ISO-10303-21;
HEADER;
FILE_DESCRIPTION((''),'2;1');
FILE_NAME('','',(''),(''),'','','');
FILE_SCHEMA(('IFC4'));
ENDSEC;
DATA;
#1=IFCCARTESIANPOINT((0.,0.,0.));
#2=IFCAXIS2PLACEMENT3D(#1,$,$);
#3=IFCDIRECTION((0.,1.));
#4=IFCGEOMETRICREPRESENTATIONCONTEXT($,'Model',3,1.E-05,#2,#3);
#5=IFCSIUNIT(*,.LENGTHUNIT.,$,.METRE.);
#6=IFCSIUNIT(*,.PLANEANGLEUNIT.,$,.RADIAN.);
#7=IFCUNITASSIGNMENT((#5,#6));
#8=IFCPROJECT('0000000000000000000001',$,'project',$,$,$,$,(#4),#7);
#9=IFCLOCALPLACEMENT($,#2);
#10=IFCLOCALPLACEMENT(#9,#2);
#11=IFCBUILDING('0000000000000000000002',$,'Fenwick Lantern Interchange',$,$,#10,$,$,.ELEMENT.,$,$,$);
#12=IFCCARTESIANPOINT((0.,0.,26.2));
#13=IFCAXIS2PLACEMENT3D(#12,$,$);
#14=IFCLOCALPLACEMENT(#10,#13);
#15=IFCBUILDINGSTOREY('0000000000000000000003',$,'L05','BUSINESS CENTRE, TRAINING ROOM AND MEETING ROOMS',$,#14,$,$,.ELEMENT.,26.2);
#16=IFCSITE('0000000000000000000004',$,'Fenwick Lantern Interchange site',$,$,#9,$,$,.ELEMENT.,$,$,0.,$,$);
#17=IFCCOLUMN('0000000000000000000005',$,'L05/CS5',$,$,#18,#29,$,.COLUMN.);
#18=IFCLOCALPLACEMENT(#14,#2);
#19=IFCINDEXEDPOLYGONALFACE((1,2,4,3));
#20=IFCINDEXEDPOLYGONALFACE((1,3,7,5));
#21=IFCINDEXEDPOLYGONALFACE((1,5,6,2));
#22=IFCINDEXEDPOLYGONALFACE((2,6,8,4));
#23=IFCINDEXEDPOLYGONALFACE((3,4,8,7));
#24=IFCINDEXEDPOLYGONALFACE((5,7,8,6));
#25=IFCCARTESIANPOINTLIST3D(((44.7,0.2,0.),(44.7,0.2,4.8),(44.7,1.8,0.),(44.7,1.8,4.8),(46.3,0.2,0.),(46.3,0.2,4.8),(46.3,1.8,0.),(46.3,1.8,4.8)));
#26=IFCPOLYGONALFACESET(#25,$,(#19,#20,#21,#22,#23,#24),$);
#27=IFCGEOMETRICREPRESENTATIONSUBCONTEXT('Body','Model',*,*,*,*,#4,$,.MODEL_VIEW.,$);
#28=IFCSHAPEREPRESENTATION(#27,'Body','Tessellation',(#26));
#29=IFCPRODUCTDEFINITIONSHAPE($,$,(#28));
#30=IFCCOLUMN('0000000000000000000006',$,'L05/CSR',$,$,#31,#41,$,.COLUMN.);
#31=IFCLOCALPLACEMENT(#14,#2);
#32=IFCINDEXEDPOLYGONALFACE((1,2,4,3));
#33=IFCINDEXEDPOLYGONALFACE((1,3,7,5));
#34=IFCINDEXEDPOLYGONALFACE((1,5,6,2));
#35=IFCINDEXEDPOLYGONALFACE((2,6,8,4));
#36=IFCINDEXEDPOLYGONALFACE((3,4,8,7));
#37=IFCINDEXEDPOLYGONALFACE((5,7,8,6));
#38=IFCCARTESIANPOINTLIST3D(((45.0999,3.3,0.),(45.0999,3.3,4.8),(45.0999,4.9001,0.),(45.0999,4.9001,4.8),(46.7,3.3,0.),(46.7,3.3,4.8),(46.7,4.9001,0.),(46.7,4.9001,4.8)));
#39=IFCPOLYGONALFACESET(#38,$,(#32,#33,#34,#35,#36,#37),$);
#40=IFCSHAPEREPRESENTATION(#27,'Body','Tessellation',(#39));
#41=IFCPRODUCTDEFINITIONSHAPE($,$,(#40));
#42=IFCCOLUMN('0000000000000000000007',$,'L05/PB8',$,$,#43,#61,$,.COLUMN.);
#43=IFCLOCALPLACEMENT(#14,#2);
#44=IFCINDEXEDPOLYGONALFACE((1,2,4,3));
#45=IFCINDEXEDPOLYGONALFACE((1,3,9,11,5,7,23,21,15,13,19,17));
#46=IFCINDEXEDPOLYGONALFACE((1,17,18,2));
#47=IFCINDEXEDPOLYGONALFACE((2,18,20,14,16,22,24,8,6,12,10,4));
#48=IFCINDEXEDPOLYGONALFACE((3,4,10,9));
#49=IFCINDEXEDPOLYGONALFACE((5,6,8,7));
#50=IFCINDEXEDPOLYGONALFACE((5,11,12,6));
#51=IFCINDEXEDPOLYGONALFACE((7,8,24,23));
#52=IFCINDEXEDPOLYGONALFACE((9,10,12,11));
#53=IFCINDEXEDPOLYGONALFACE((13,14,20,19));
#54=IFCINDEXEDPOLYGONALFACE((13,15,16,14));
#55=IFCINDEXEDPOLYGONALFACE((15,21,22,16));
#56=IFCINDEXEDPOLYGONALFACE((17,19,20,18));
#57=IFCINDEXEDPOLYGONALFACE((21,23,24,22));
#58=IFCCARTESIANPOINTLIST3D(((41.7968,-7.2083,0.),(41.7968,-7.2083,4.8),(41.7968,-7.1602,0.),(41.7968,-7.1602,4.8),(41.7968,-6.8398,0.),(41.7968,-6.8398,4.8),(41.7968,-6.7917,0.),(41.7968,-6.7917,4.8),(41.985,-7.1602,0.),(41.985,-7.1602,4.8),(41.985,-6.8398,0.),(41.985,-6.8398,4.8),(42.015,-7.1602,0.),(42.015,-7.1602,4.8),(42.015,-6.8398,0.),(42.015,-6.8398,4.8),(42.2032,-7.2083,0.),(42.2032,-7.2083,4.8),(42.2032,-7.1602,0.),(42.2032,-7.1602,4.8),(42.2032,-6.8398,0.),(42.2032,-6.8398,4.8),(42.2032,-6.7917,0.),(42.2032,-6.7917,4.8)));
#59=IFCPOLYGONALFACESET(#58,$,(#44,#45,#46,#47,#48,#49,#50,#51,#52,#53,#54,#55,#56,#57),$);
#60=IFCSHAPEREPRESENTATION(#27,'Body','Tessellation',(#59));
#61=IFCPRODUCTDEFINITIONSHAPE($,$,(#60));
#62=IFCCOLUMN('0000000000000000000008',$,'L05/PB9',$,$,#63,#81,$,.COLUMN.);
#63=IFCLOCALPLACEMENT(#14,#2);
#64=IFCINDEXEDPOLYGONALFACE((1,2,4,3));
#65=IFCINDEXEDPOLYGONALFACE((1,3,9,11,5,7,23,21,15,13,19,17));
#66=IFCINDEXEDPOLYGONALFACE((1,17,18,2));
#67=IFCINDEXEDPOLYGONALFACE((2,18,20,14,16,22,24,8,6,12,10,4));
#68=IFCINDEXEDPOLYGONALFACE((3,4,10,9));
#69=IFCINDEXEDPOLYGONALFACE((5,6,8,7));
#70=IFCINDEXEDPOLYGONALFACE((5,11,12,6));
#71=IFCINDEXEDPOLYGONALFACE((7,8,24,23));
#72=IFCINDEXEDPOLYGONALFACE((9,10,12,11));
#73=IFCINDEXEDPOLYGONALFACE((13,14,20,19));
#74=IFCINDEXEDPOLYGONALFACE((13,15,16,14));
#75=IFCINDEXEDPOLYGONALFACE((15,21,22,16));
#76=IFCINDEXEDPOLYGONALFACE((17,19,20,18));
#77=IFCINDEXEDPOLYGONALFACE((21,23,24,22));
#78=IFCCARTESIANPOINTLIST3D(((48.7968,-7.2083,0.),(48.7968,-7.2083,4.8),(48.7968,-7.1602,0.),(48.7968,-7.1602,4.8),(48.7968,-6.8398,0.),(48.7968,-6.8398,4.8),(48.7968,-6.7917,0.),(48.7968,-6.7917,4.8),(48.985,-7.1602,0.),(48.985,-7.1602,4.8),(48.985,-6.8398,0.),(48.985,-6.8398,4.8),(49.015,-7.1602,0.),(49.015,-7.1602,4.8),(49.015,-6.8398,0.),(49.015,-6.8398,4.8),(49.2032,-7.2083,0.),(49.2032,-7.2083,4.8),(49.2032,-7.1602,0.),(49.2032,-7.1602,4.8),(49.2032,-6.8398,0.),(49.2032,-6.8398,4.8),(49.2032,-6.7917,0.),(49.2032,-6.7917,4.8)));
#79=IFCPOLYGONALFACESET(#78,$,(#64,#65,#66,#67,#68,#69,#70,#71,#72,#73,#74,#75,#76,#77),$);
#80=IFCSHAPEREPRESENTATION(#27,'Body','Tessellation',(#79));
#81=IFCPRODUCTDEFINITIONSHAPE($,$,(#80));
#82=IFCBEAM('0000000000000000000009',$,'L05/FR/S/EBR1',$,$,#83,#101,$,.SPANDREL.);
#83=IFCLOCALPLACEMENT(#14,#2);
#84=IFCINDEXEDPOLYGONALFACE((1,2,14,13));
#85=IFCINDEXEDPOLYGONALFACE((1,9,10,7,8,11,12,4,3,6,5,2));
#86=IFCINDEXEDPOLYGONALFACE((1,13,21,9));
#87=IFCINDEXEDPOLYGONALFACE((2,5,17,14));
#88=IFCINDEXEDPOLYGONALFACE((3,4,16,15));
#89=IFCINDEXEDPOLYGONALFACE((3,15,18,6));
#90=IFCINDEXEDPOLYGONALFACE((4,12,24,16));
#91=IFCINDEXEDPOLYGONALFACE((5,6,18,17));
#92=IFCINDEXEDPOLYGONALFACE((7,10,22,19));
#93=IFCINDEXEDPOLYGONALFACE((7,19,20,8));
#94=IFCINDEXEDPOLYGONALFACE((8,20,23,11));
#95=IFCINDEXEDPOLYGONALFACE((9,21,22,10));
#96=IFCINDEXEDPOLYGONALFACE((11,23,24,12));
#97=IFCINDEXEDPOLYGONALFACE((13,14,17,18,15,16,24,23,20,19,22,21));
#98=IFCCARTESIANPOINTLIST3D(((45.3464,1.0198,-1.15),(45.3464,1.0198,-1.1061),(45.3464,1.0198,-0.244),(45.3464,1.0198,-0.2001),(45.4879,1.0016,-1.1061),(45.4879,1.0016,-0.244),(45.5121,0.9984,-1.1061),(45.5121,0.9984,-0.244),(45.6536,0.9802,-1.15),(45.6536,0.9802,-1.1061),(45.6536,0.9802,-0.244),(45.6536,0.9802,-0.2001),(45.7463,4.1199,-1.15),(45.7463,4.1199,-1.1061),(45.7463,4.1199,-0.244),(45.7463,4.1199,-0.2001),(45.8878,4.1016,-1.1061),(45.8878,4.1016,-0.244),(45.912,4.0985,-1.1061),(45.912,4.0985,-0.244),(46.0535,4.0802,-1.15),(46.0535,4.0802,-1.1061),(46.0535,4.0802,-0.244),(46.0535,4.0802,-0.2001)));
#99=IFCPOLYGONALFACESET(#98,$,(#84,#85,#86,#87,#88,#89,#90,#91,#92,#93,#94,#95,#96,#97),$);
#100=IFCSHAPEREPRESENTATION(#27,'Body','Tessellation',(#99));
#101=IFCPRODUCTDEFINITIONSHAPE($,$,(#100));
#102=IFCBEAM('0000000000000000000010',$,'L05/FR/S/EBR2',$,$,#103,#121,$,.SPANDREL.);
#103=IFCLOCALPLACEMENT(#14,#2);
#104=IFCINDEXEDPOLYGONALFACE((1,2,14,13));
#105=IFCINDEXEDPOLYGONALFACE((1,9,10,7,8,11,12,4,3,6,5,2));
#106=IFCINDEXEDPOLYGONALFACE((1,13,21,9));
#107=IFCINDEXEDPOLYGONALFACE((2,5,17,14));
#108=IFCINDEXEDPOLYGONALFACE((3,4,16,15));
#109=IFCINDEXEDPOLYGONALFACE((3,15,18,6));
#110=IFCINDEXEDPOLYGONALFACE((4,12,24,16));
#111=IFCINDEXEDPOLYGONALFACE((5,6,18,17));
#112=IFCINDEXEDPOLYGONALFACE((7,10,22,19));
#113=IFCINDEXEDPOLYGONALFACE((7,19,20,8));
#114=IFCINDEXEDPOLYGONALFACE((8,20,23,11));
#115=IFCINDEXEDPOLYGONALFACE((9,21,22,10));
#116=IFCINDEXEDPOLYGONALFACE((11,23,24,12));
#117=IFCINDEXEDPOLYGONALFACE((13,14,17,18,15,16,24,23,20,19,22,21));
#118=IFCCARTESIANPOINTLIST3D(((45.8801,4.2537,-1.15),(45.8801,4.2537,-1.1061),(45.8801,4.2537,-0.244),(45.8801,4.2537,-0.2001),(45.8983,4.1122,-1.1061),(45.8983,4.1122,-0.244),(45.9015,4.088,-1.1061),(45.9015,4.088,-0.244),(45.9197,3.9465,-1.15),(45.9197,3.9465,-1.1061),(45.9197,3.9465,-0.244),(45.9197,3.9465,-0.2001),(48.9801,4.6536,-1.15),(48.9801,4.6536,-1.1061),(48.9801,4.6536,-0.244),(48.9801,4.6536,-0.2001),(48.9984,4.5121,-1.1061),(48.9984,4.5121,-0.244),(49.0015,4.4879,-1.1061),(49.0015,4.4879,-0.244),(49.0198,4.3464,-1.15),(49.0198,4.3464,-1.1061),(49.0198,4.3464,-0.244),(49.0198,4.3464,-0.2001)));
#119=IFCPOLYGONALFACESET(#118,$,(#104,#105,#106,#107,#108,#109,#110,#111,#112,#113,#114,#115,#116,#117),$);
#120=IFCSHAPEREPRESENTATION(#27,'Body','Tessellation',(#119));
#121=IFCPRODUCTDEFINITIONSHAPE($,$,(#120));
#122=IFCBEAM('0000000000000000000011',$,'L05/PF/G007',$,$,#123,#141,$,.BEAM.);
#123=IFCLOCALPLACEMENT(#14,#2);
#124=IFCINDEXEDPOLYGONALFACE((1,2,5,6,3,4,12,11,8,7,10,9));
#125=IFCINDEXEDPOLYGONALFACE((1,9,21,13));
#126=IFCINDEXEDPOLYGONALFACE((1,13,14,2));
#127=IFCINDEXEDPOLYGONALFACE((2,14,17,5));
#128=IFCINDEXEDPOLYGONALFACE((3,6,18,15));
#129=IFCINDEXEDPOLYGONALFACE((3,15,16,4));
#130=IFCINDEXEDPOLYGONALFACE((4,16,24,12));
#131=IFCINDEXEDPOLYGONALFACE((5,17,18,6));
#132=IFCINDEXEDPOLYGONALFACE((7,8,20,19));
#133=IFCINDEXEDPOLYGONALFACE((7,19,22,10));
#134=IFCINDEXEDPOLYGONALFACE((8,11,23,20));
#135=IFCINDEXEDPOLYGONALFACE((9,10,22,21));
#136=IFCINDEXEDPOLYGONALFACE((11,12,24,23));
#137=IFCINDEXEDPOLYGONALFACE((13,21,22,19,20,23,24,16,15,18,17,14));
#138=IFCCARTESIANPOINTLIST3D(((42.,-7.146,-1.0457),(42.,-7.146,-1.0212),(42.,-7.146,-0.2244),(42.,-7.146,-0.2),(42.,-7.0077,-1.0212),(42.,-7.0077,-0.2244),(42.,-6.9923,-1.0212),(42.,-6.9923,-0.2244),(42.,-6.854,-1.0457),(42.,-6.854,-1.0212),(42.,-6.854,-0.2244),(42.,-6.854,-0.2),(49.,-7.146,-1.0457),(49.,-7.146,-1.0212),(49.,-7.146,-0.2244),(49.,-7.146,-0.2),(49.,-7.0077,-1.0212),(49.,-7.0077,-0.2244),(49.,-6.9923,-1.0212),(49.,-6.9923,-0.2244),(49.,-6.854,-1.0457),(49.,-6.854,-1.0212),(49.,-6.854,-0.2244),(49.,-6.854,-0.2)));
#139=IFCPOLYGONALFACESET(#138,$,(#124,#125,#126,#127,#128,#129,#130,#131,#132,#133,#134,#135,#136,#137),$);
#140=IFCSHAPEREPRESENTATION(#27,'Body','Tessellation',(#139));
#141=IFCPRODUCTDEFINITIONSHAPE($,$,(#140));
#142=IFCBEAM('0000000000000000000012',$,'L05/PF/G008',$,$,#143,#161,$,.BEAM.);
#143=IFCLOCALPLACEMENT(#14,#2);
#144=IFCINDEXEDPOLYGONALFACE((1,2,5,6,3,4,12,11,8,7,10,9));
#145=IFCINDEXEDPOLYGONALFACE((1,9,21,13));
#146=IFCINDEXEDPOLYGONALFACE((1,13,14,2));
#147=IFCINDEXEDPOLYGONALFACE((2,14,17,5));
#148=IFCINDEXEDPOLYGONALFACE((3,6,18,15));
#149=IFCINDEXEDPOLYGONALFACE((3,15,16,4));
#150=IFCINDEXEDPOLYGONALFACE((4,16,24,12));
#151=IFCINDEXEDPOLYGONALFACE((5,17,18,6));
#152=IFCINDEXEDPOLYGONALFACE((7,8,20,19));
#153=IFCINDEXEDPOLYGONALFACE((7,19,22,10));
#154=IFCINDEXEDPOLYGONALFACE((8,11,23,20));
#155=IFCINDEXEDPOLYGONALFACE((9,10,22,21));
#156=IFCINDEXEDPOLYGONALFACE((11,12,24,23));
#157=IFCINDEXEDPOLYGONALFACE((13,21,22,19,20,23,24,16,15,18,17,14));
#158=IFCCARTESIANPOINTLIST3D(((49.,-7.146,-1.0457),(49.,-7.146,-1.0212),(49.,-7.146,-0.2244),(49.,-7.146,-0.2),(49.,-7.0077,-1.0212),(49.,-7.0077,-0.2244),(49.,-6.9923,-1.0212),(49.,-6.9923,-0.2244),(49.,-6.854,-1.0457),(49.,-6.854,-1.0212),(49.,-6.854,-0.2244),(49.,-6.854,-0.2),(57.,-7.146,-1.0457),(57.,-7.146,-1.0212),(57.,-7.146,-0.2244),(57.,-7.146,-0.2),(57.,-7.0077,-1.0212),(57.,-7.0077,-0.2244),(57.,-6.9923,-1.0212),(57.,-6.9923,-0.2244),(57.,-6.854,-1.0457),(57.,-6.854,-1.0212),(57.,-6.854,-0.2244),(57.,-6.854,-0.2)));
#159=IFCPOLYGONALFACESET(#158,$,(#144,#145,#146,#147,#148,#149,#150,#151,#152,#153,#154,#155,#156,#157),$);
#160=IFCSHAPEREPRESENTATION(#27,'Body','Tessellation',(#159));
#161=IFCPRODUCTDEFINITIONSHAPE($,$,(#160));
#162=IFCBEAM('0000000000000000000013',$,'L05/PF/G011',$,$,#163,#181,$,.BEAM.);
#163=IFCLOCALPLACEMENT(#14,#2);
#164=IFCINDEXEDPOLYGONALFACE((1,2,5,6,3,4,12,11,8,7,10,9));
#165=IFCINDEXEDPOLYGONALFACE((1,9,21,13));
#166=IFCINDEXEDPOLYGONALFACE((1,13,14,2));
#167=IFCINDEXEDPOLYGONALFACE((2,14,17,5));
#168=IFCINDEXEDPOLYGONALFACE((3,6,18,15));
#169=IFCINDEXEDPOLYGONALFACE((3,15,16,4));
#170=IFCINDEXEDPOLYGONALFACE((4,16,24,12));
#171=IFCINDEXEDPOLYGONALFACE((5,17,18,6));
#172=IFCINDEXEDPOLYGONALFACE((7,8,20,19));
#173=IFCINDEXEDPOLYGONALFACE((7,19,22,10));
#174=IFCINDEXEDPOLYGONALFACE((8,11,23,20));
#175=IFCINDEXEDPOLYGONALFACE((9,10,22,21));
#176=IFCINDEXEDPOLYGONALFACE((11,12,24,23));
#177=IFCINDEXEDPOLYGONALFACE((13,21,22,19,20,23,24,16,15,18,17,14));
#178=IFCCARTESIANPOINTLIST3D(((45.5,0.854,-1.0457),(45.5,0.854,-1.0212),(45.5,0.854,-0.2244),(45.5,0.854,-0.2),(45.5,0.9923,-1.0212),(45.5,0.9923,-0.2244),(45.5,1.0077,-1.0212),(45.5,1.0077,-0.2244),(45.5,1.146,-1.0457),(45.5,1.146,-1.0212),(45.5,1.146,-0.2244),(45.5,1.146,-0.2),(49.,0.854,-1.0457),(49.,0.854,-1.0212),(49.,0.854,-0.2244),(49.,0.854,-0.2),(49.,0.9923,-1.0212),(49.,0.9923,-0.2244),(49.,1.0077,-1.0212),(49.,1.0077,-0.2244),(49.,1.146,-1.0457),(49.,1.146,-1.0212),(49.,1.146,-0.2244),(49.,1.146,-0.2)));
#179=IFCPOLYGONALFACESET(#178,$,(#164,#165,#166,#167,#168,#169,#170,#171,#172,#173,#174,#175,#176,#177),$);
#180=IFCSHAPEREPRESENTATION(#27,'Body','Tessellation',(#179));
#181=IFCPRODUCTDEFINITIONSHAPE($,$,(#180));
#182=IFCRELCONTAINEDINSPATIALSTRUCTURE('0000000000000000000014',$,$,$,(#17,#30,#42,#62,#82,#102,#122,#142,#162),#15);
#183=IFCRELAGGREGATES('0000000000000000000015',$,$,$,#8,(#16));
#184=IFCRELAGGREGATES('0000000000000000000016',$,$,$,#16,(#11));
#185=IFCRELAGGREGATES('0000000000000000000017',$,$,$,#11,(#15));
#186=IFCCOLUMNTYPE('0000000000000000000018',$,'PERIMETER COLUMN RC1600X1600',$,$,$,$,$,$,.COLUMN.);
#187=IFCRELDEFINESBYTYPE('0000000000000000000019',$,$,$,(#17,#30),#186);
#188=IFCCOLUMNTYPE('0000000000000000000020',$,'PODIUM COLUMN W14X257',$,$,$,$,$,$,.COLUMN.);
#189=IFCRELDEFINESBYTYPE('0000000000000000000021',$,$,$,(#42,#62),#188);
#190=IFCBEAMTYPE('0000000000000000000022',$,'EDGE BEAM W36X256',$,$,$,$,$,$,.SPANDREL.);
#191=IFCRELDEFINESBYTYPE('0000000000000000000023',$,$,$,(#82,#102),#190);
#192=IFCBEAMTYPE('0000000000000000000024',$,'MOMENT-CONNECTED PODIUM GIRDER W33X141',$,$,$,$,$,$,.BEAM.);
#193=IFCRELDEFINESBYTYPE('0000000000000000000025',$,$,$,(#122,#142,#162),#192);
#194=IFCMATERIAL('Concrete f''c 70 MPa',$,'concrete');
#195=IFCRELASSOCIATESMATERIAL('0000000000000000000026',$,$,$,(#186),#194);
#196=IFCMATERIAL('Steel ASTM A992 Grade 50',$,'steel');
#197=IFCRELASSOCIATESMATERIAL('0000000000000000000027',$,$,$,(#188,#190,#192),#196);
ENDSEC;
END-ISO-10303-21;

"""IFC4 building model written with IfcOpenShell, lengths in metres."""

from ifc_helpers import new_model, si_unit, direction, frame, origin, origin_2d, place, context, subcontext, project, spatial, rectangle, i_section, extrude, material, material_profile, profile_set, type_object, element, save


model = new_model("IFC4")

# Units and contexts
model_context = context("Model", 3, precision=1e-05, world=origin(), true_north=direction((0.0, 1.0)))
body_context = subcontext(model_context, "Body", "Model", "MODEL_VIEW")
ifc_project = project(units=[si_unit("LENGTHUNIT", "METRE"), si_unit("PLANEANGLEUNIT", "RADIAN")], contexts=[model_context])

# Site, building, storey
site_placement = place(None, origin())
site = spatial("IfcSite", under=ifc_project, at=site_placement, Name="Fenwick Lantern Interchange site", CompositionType="ELEMENT", RefElevation=0.0)
building_placement = place(site_placement, origin())
building = spatial("IfcBuilding", under=site, at=building_placement, Name="Fenwick Lantern Interchange", CompositionType="ELEMENT")
storey_placement = place(building_placement, frame((0.0, 0.0, 26.2)))
storey = spatial("IfcBuildingStorey", under=building, at=storey_placement, Name="L05", Description="BUSINESS CENTRE, TRAINING ROOM AND MEETING ROOMS", CompositionType="ELEMENT", Elevation=26.2)

# Columns
ifc_material_1 = material(Name="Concrete f'c 70 MPa", Category="concrete")
ifc_material_profile_1 = material_profile(ifc_material_1, rectangle(XDim=1.6001, YDim=1.6001, at=origin_2d()), Name="RC1600X1600")
ifc_profile_set_1 = profile_set([ifc_material_profile_1], Name="Concrete f'c 70 MPa")
column_type_1 = type_object("IfcColumnType", Name="PERIMETER COLUMN RC1600X1600", PredefinedType="COLUMN", material=ifc_profile_set_1)
for number, where, z_axis, x_axis, name in (
    (1, (45.5, 1.0, 0.0), (0.0, 0.0, 1.0), (1.0, 0.0, 0.0), "L05/CS5"),
    (2, (45.8999, 4.1001, 0.0), (0.0, 0.0, 1.0), (1.0, 0.0, 0.0), "L05/CSR"),
):
    element("IfcColumn", number, at=place(storey_placement, frame(where, z_axis=z_axis, x_axis=x_axis)), inside=storey, type_object=column_type_1, Name=name, PredefinedType="COLUMN", context=body_context, shape_type="SweptSolid", body=[
        extrude(rectangle(XDim=1.6001, YDim=1.6001, at=origin_2d()), origin(), (0.0, 0.0, 1.0), 4.8),
    ])
ifc_material_2 = material(Name="Steel ASTM A992 Grade 50", Category="steel")
ifc_material_profile_2 = material_profile(ifc_material_2, i_section(OverallWidth=0.4065, OverallDepth=0.4165, WebThickness=0.03, FlangeThickness=0.0481, at=origin_2d()), Name="W14X257")
ifc_profile_set_2 = profile_set([ifc_material_profile_2], Name="Steel ASTM A992 Grade 50")
column_type_2 = type_object("IfcColumnType", Name="PODIUM COLUMN W14X257", PredefinedType="COLUMN", material=ifc_profile_set_2)
for number, where, z_axis, x_axis, name in (
    (3, (42.0, -7.0, 0.0), (0.0, 0.0, 1.0), (1.0, 0.0, 0.0), "L05/PB8"),
    (4, (49.0, -7.0, 0.0), (0.0, 0.0, 1.0), (1.0, 0.0, 0.0), "L05/PB9"),
):
    element("IfcColumn", number, at=place(storey_placement, frame(where, z_axis=z_axis, x_axis=x_axis)), inside=storey, type_object=column_type_2, Name=name, PredefinedType="COLUMN", context=body_context, shape_type="SweptSolid", body=[
        extrude(i_section(OverallWidth=0.4065, OverallDepth=0.4165, WebThickness=0.03, FlangeThickness=0.0481, at=origin_2d()), origin(), (0.0, 0.0, 1.0), 4.8),
    ])

# Beams
ifc_material_profile_3 = material_profile(ifc_material_2, i_section(OverallWidth=0.3098, OverallDepth=0.95, WebThickness=0.0244, FlangeThickness=0.0439, at=origin_2d()), Name="W36X256")
ifc_profile_set_3 = profile_set([ifc_material_profile_3], Name="Steel ASTM A992 Grade 50")
beam_type_1 = type_object("IfcBeamType", Name="EDGE BEAM W36X256", PredefinedType="SPANDREL", material=ifc_profile_set_3)
for number, where, z_axis, x_axis, name in (
    (5, (45.5, 1.0, -0.675), (0.127937, 0.991782, 0.0), (-0.991782, 0.127937, 0.0), "L05/FR/S/EBR1"),
    (6, (45.8999, 4.1001, -0.675), (0.991782, 0.127937, 0.0), (-0.127937, 0.991782, 0.0), "L05/FR/S/EBR2"),
):
    element("IfcBeam", number, at=place(storey_placement, frame(where, z_axis=z_axis, x_axis=x_axis)), inside=storey, type_object=beam_type_1, Name=name, PredefinedType="SPANDREL", context=body_context, shape_type="SweptSolid", body=[
        extrude(i_section(OverallWidth=0.3098, OverallDepth=0.95, WebThickness=0.0244, FlangeThickness=0.0439, at=origin_2d()), origin(), (0.0, 0.0, 1.0), 3.1257),
    ])
ifc_material_profile_4 = material_profile(ifc_material_2, i_section(OverallWidth=0.292, OverallDepth=0.8457, WebThickness=0.0154, FlangeThickness=0.0244, at=origin_2d()), Name="W33X141")
ifc_profile_set_4 = profile_set([ifc_material_profile_4], Name="Steel ASTM A992 Grade 50")
beam_type_2 = type_object("IfcBeamType", Name="MOMENT-CONNECTED PODIUM GIRDER W33X141", PredefinedType="BEAM", material=ifc_profile_set_4)
beam_1_placement = place(storey_placement, frame((42.0, -7.0, -0.6228), z_axis=(1.0, 0.0, 0.0), x_axis=(0.0, 1.0, 0.0)))
element("IfcBeam", 7, at=beam_1_placement, inside=storey, type_object=beam_type_2, Name="L05/PF/G007", PredefinedType="BEAM", context=body_context, shape_type="SweptSolid", body=[
    extrude(i_section(OverallWidth=0.292, OverallDepth=0.8457, WebThickness=0.0154, FlangeThickness=0.0244, at=origin_2d()), origin(), (0.0, 0.0, 1.0), 7.0),
])
beam_2_placement = place(storey_placement, frame((49.0, -7.0, -0.6228), z_axis=(1.0, 0.0, 0.0), x_axis=(0.0, 1.0, 0.0)))
element("IfcBeam", 8, at=beam_2_placement, inside=storey, type_object=beam_type_2, Name="L05/PF/G008", PredefinedType="BEAM", context=body_context, shape_type="SweptSolid", body=[
    extrude(i_section(OverallWidth=0.292, OverallDepth=0.8457, WebThickness=0.0154, FlangeThickness=0.0244, at=origin_2d()), origin(), (0.0, 0.0, 1.0), 8.0),
])
beam_3_placement = place(storey_placement, frame((45.5, 1.0, -0.6228), z_axis=(1.0, 0.0, 0.0), x_axis=(0.0, 1.0, 0.0)))
element("IfcBeam", 9, at=beam_3_placement, inside=storey, type_object=beam_type_2, Name="L05/PF/G011", PredefinedType="BEAM", context=body_context, shape_type="SweptSolid", body=[
    extrude(i_section(OverallWidth=0.292, OverallDepth=0.8457, WebThickness=0.0154, FlangeThickness=0.0244, at=origin_2d()), origin(), (0.0, 0.0, 1.0), 3.5),
])

save(model, "model.ifc")
